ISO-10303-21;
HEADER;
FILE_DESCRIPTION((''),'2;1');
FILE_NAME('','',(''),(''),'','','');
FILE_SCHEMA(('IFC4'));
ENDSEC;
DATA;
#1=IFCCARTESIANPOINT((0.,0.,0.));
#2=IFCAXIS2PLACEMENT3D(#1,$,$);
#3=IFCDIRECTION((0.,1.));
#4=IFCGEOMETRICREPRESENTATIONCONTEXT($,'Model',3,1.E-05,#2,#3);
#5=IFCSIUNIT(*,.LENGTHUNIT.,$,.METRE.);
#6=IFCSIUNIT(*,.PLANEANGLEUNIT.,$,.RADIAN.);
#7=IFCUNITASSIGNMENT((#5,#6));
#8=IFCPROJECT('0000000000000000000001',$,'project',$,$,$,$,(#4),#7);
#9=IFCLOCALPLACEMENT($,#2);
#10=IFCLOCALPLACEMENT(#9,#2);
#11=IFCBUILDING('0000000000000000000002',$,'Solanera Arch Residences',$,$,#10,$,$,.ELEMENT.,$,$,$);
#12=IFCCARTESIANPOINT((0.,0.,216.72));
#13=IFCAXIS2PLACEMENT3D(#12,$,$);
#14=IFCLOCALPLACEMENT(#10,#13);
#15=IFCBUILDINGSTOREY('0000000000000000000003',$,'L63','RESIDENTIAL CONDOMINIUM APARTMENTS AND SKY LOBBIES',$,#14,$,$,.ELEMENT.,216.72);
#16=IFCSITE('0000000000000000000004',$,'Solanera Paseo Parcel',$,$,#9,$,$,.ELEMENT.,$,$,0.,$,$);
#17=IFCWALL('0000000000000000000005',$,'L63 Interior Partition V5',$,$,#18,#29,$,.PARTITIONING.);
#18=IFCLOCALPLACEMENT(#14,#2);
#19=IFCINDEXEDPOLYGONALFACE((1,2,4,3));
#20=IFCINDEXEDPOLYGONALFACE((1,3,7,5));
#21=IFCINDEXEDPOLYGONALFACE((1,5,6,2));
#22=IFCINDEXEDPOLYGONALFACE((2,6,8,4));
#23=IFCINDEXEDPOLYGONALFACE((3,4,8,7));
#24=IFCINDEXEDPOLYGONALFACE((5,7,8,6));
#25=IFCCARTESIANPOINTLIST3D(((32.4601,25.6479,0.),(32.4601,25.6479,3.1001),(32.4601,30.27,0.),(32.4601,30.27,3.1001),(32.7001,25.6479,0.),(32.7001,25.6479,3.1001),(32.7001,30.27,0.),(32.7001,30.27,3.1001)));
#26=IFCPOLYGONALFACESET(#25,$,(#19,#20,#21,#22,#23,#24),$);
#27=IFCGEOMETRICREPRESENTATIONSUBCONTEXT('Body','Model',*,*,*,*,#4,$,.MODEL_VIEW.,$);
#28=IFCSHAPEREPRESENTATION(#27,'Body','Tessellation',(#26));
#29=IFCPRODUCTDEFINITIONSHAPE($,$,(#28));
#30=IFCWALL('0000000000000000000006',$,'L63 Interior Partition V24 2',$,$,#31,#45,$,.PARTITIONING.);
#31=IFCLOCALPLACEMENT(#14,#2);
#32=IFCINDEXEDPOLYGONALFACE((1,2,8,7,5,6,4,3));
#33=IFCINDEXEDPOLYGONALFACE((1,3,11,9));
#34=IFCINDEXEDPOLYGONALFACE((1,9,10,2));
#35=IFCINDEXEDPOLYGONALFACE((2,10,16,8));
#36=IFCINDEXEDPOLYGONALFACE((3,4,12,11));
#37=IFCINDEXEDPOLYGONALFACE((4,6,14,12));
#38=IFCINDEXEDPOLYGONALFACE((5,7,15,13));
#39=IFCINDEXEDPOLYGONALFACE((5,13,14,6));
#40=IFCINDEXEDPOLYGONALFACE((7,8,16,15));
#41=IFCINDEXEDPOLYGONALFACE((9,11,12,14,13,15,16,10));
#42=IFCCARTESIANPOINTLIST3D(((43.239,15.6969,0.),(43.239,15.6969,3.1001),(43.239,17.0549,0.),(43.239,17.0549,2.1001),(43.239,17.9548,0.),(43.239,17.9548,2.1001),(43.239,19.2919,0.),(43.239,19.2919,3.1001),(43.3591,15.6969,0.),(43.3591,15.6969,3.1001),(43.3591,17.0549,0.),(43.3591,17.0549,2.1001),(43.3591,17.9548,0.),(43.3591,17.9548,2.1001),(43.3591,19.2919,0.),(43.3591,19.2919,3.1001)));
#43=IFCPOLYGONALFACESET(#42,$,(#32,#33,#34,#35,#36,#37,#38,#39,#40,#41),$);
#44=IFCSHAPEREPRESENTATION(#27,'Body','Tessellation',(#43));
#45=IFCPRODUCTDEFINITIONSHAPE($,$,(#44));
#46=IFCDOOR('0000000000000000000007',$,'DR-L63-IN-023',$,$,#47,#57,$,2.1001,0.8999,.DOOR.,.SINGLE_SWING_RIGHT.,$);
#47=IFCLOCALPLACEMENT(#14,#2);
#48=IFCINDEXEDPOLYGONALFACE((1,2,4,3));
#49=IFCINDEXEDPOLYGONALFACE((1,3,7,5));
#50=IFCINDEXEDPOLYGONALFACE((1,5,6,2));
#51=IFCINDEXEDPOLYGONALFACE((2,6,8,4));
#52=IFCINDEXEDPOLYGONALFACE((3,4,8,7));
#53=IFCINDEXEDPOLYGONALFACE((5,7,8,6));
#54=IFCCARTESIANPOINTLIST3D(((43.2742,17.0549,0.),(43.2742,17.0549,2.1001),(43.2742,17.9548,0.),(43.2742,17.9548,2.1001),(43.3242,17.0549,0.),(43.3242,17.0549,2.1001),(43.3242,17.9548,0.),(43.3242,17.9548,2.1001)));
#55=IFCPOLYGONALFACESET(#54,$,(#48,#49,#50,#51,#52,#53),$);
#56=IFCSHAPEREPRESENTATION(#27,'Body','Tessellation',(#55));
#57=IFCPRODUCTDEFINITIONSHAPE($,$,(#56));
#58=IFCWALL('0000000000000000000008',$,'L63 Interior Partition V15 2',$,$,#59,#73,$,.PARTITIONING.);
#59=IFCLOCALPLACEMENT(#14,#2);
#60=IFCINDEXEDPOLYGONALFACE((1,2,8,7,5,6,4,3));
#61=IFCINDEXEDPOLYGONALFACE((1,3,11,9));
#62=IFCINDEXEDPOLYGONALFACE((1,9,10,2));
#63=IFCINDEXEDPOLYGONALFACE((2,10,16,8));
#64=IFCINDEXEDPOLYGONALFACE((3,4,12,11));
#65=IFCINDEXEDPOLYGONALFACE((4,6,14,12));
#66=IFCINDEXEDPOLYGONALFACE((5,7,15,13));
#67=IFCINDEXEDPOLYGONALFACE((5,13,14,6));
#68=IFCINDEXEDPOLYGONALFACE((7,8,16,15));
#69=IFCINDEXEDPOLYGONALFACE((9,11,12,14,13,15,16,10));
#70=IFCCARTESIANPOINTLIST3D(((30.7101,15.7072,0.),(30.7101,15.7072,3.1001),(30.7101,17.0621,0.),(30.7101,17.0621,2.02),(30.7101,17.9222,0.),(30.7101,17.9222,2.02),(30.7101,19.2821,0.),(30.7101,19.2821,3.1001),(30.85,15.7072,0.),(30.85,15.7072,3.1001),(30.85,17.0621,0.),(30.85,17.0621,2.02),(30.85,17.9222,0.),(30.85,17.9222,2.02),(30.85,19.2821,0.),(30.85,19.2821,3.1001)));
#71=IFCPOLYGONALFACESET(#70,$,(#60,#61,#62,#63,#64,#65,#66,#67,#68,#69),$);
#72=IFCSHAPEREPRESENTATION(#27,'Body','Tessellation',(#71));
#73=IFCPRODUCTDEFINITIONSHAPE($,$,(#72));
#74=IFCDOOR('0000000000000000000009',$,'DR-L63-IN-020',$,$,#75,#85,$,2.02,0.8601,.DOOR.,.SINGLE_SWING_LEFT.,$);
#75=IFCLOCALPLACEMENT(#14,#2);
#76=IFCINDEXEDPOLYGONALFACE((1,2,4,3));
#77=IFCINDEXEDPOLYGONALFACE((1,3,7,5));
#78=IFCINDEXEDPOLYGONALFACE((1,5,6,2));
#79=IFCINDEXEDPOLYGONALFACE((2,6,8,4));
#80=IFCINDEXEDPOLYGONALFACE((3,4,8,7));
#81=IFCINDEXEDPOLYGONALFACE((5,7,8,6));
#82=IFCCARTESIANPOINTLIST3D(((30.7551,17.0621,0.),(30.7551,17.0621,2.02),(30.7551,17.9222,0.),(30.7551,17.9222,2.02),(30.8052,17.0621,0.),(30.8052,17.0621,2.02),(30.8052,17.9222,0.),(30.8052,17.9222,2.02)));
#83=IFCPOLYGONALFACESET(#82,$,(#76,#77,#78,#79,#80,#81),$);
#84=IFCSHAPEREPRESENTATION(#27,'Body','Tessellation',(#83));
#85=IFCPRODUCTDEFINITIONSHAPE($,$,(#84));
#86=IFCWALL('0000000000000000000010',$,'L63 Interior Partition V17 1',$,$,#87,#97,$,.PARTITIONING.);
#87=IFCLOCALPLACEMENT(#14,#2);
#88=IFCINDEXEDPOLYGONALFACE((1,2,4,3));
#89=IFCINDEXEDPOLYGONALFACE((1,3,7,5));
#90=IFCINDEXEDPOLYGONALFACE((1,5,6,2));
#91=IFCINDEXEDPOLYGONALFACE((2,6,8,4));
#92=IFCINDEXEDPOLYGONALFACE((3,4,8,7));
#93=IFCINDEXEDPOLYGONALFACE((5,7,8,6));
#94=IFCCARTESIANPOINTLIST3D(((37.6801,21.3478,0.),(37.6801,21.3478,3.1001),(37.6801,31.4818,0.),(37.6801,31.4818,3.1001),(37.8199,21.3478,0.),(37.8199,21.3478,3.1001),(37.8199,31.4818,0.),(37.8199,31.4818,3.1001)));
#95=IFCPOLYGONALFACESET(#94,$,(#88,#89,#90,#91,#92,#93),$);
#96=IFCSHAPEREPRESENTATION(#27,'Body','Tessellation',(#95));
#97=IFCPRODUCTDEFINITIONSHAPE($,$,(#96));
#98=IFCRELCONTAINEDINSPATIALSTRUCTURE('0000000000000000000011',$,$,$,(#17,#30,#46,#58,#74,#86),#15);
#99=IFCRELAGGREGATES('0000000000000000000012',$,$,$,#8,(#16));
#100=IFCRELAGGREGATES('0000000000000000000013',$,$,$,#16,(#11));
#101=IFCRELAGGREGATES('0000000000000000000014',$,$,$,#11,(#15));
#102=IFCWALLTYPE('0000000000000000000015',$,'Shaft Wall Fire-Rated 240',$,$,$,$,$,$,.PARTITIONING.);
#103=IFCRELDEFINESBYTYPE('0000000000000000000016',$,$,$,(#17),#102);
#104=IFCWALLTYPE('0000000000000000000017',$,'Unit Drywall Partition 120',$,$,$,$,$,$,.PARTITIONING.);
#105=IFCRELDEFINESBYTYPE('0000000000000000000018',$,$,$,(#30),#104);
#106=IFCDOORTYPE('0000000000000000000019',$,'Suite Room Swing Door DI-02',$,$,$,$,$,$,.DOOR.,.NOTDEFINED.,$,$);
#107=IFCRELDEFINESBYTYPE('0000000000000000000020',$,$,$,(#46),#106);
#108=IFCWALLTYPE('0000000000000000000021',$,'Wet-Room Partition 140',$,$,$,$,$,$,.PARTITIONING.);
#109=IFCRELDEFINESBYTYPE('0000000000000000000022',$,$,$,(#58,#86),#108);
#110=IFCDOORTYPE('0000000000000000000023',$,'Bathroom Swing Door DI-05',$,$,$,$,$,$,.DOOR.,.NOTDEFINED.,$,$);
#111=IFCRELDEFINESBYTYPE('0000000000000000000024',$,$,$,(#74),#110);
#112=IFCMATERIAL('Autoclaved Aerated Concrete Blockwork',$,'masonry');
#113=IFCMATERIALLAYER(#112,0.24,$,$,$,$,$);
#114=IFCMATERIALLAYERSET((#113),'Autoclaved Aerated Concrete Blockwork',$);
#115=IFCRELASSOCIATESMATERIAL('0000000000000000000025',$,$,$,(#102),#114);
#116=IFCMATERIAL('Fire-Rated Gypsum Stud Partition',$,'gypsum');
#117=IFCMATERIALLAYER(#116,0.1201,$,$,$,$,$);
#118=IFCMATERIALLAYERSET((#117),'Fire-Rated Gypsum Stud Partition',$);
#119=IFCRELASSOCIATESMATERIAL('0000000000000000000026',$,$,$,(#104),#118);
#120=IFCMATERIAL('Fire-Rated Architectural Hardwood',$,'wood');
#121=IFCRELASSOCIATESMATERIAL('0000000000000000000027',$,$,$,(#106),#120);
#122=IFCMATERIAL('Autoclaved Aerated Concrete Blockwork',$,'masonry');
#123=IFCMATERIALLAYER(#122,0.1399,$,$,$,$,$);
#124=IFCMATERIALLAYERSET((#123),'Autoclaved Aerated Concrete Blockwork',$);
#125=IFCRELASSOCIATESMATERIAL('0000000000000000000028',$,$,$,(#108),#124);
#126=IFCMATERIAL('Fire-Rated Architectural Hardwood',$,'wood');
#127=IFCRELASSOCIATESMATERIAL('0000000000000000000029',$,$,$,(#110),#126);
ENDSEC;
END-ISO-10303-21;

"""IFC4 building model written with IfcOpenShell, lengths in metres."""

from ifc_helpers import new_model, si_unit, direction, frame, frame_2d, origin, place, context, subcontext, project, spatial, rectangle, extrude, material, layer, layer_set, type_object, element, fill, save


model = new_model("IFC4")

# Units and contexts
model_context = context("Model", 3, precision=1e-05, world=origin(), true_north=direction((0.0, 1.0)))
body_context = subcontext(model_context, "Body", "Model", "MODEL_VIEW")
ifc_project = project(units=[si_unit("LENGTHUNIT", "METRE"), si_unit("PLANEANGLEUNIT", "RADIAN")], contexts=[model_context])

# Site, building, storey
site_placement = place(None, origin())
site = spatial("IfcSite", under=ifc_project, at=site_placement, Name="Solanera Paseo Parcel", CompositionType="ELEMENT", RefElevation=0.0)
building_placement = place(site_placement, origin())
building = spatial("IfcBuilding", under=site, at=building_placement, Name="Solanera Arch Residences", CompositionType="ELEMENT")
storey_placement = place(building_placement, frame((0.0, 0.0, 216.72)))
storey = spatial("IfcBuildingStorey", under=building, at=storey_placement, Name="L63", Description="RESIDENTIAL CONDOMINIUM APARTMENTS AND SKY LOBBIES", CompositionType="ELEMENT", Elevation=216.72)

# Shared definitions
ifc_material_1 = material(Name="Autoclaved Aerated Concrete Blockwork", Category="masonry")
ifc_layer_1 = layer(ifc_material_1, 0.24)
ifc_layer_set_1 = layer_set([ifc_layer_1], Name="Autoclaved Aerated Concrete Blockwork")
wall_type_1 = type_object("IfcWallType", Name="Shaft Wall Fire-Rated 240", PredefinedType="PARTITIONING", material=ifc_layer_set_1)

# Wall
wall_1_placement = place(storey_placement, frame((32.5801, 25.6479, 0.0), z_axis=(0.0, 0.0, 1.0), x_axis=(0.0, 1.0, 0.0)))
element("IfcWall", 1, at=wall_1_placement, inside=storey, type_object=wall_type_1, Name="L63 Interior Partition V5", PredefinedType="PARTITIONING", context=body_context, shape_type="SweptSolid", body=[
    extrude(rectangle(XDim=4.6221, YDim=0.24, at=frame_2d((2.311, 0.0))), origin(), (0.0, 0.0, 1.0), 3.1001),
])

# Walls, openings, doors
ifc_material_2 = material(Name="Fire-Rated Gypsum Stud Partition", Category="gypsum")
ifc_layer_2 = layer(ifc_material_2, 0.1201)
ifc_layer_set_2 = layer_set([ifc_layer_2], Name="Fire-Rated Gypsum Stud Partition")
wall_type_2 = type_object("IfcWallType", Name="Unit Drywall Partition 120", PredefinedType="PARTITIONING", material=ifc_layer_set_2)
wall_2_placement = place(storey_placement, frame((43.2991, 15.697, 0.0), z_axis=(0.0, 0.0, 1.0), x_axis=(0.0, 1.0, 0.0)))
wall_2 = element("IfcWall", 2, at=wall_2_placement, inside=storey, type_object=wall_type_2, Name="L63 Interior Partition V24 2", PredefinedType="PARTITIONING", context=body_context, shape_type="SweptSolid", body=[
    extrude(rectangle(XDim=3.595, YDim=0.1201, at=frame_2d((1.7974, 0.0))), origin(), (0.0, 0.0, 1.0), 3.1001),
])
opening_1_placement = place(wall_2_placement, frame((1.3579, 0.0, 0.0)))
opening_1 = element("IfcOpeningElement", 3, at=opening_1_placement, cuts=wall_2, PredefinedType="OPENING", context=body_context, shape_type="SweptSolid", body=[
    extrude(rectangle(XDim=0.8999, YDim=2.1001, at=frame_2d((0.45, 1.05))), frame((0.0, 0.0701, 0.0), z_axis=(0.0, -1.0, 0.0), x_axis=(1.0, 0.0, 0.0)), (0.0, 0.0, 1.0), 0.1401),
])
ifc_material_3 = material(Name="Fire-Rated Architectural Hardwood", Category="wood")
door_type_1 = type_object("IfcDoorType", Name="Suite Room Swing Door DI-02", OperationType="NOTDEFINED", PredefinedType="DOOR", material=ifc_material_3)
door_1_placement = place(opening_1_placement, origin())
door_1 = element("IfcDoor", 4, at=door_1_placement, inside=storey, type_object=door_type_1, Name="DR-L63-IN-023", OperationType="SINGLE_SWING_RIGHT", OverallHeight=2.1001, OverallWidth=0.8999, PredefinedType="DOOR", context=body_context, shape_type="SweptSolid", body=[
    extrude(rectangle(XDim=0.8999, YDim=2.1001, at=frame_2d((0.45, 1.05))), frame((0.0, 0.0249, 0.0), z_axis=(0.0, -1.0, 0.0), x_axis=(1.0, 0.0, 0.0)), (0.0, 0.0, 1.0), 0.05),
])
fill(opening_1, door_1)
ifc_material_4 = material(Name="Autoclaved Aerated Concrete Blockwork", Category="masonry")
ifc_layer_3 = layer(ifc_material_4, 0.1399)
ifc_layer_set_3 = layer_set([ifc_layer_3], Name="Autoclaved Aerated Concrete Blockwork")
wall_type_3 = type_object("IfcWallType", Name="Wet-Room Partition 140", PredefinedType="PARTITIONING", material=ifc_layer_set_3)
wall_3_placement = place(storey_placement, frame((30.78, 15.707, 0.0), z_axis=(0.0, 0.0, 1.0), x_axis=(0.0, 1.0, 0.0)))
wall_3 = element("IfcWall", 5, at=wall_3_placement, inside=storey, type_object=wall_type_3, Name="L63 Interior Partition V15 2", PredefinedType="PARTITIONING", context=body_context, shape_type="SweptSolid", body=[
    extrude(rectangle(XDim=3.575, YDim=0.1399, at=frame_2d((1.7876, 0.0))), origin(), (0.0, 0.0, 1.0), 3.1001),
])
opening_2_placement = place(wall_3_placement, frame((1.355, 0.0, 0.0)))
opening_2 = element("IfcOpeningElement", 6, at=opening_2_placement, cuts=wall_3, PredefinedType="OPENING", context=body_context, shape_type="SweptSolid", body=[
    extrude(rectangle(XDim=0.8601, YDim=2.02, at=frame_2d((0.4302, 1.01))), frame((0.0, 0.0798, 0.0), z_axis=(0.0, -1.0, 0.0), x_axis=(1.0, 0.0, 0.0)), (0.0, 0.0, 1.0), 0.1599),
])
ifc_material_5 = material(Name="Fire-Rated Architectural Hardwood", Category="wood")
door_type_2 = type_object("IfcDoorType", Name="Bathroom Swing Door DI-05", OperationType="NOTDEFINED", PredefinedType="DOOR", material=ifc_material_5)
door_2_placement = place(opening_2_placement, origin())
door_2 = element("IfcDoor", 7, at=door_2_placement, inside=storey, type_object=door_type_2, Name="DR-L63-IN-020", OperationType="SINGLE_SWING_LEFT", OverallHeight=2.02, OverallWidth=0.8601, PredefinedType="DOOR", context=body_context, shape_type="SweptSolid", body=[
    extrude(rectangle(XDim=0.8601, YDim=2.02, at=frame_2d((0.4302, 1.01))), frame((0.0, 0.0249, 0.0), z_axis=(0.0, -1.0, 0.0), x_axis=(1.0, 0.0, 0.0)), (0.0, 0.0, 1.0), 0.05),
])
fill(opening_2, door_2)

# Wall
wall_4_placement = place(storey_placement, frame((37.75, 21.3479, 0.0), z_axis=(0.0, 0.0, 1.0), x_axis=(0.0, 1.0, 0.0)))
element("IfcWall", 8, at=wall_4_placement, inside=storey, type_object=wall_type_3, Name="L63 Interior Partition V17 1", PredefinedType="PARTITIONING", context=body_context, shape_type="SweptSolid", body=[
    extrude(rectangle(XDim=10.134, YDim=0.1399, at=frame_2d((5.0669, 0.0))), origin(), (0.0, 0.0, 1.0), 3.1001),
])

save(model, "model.ifc")
